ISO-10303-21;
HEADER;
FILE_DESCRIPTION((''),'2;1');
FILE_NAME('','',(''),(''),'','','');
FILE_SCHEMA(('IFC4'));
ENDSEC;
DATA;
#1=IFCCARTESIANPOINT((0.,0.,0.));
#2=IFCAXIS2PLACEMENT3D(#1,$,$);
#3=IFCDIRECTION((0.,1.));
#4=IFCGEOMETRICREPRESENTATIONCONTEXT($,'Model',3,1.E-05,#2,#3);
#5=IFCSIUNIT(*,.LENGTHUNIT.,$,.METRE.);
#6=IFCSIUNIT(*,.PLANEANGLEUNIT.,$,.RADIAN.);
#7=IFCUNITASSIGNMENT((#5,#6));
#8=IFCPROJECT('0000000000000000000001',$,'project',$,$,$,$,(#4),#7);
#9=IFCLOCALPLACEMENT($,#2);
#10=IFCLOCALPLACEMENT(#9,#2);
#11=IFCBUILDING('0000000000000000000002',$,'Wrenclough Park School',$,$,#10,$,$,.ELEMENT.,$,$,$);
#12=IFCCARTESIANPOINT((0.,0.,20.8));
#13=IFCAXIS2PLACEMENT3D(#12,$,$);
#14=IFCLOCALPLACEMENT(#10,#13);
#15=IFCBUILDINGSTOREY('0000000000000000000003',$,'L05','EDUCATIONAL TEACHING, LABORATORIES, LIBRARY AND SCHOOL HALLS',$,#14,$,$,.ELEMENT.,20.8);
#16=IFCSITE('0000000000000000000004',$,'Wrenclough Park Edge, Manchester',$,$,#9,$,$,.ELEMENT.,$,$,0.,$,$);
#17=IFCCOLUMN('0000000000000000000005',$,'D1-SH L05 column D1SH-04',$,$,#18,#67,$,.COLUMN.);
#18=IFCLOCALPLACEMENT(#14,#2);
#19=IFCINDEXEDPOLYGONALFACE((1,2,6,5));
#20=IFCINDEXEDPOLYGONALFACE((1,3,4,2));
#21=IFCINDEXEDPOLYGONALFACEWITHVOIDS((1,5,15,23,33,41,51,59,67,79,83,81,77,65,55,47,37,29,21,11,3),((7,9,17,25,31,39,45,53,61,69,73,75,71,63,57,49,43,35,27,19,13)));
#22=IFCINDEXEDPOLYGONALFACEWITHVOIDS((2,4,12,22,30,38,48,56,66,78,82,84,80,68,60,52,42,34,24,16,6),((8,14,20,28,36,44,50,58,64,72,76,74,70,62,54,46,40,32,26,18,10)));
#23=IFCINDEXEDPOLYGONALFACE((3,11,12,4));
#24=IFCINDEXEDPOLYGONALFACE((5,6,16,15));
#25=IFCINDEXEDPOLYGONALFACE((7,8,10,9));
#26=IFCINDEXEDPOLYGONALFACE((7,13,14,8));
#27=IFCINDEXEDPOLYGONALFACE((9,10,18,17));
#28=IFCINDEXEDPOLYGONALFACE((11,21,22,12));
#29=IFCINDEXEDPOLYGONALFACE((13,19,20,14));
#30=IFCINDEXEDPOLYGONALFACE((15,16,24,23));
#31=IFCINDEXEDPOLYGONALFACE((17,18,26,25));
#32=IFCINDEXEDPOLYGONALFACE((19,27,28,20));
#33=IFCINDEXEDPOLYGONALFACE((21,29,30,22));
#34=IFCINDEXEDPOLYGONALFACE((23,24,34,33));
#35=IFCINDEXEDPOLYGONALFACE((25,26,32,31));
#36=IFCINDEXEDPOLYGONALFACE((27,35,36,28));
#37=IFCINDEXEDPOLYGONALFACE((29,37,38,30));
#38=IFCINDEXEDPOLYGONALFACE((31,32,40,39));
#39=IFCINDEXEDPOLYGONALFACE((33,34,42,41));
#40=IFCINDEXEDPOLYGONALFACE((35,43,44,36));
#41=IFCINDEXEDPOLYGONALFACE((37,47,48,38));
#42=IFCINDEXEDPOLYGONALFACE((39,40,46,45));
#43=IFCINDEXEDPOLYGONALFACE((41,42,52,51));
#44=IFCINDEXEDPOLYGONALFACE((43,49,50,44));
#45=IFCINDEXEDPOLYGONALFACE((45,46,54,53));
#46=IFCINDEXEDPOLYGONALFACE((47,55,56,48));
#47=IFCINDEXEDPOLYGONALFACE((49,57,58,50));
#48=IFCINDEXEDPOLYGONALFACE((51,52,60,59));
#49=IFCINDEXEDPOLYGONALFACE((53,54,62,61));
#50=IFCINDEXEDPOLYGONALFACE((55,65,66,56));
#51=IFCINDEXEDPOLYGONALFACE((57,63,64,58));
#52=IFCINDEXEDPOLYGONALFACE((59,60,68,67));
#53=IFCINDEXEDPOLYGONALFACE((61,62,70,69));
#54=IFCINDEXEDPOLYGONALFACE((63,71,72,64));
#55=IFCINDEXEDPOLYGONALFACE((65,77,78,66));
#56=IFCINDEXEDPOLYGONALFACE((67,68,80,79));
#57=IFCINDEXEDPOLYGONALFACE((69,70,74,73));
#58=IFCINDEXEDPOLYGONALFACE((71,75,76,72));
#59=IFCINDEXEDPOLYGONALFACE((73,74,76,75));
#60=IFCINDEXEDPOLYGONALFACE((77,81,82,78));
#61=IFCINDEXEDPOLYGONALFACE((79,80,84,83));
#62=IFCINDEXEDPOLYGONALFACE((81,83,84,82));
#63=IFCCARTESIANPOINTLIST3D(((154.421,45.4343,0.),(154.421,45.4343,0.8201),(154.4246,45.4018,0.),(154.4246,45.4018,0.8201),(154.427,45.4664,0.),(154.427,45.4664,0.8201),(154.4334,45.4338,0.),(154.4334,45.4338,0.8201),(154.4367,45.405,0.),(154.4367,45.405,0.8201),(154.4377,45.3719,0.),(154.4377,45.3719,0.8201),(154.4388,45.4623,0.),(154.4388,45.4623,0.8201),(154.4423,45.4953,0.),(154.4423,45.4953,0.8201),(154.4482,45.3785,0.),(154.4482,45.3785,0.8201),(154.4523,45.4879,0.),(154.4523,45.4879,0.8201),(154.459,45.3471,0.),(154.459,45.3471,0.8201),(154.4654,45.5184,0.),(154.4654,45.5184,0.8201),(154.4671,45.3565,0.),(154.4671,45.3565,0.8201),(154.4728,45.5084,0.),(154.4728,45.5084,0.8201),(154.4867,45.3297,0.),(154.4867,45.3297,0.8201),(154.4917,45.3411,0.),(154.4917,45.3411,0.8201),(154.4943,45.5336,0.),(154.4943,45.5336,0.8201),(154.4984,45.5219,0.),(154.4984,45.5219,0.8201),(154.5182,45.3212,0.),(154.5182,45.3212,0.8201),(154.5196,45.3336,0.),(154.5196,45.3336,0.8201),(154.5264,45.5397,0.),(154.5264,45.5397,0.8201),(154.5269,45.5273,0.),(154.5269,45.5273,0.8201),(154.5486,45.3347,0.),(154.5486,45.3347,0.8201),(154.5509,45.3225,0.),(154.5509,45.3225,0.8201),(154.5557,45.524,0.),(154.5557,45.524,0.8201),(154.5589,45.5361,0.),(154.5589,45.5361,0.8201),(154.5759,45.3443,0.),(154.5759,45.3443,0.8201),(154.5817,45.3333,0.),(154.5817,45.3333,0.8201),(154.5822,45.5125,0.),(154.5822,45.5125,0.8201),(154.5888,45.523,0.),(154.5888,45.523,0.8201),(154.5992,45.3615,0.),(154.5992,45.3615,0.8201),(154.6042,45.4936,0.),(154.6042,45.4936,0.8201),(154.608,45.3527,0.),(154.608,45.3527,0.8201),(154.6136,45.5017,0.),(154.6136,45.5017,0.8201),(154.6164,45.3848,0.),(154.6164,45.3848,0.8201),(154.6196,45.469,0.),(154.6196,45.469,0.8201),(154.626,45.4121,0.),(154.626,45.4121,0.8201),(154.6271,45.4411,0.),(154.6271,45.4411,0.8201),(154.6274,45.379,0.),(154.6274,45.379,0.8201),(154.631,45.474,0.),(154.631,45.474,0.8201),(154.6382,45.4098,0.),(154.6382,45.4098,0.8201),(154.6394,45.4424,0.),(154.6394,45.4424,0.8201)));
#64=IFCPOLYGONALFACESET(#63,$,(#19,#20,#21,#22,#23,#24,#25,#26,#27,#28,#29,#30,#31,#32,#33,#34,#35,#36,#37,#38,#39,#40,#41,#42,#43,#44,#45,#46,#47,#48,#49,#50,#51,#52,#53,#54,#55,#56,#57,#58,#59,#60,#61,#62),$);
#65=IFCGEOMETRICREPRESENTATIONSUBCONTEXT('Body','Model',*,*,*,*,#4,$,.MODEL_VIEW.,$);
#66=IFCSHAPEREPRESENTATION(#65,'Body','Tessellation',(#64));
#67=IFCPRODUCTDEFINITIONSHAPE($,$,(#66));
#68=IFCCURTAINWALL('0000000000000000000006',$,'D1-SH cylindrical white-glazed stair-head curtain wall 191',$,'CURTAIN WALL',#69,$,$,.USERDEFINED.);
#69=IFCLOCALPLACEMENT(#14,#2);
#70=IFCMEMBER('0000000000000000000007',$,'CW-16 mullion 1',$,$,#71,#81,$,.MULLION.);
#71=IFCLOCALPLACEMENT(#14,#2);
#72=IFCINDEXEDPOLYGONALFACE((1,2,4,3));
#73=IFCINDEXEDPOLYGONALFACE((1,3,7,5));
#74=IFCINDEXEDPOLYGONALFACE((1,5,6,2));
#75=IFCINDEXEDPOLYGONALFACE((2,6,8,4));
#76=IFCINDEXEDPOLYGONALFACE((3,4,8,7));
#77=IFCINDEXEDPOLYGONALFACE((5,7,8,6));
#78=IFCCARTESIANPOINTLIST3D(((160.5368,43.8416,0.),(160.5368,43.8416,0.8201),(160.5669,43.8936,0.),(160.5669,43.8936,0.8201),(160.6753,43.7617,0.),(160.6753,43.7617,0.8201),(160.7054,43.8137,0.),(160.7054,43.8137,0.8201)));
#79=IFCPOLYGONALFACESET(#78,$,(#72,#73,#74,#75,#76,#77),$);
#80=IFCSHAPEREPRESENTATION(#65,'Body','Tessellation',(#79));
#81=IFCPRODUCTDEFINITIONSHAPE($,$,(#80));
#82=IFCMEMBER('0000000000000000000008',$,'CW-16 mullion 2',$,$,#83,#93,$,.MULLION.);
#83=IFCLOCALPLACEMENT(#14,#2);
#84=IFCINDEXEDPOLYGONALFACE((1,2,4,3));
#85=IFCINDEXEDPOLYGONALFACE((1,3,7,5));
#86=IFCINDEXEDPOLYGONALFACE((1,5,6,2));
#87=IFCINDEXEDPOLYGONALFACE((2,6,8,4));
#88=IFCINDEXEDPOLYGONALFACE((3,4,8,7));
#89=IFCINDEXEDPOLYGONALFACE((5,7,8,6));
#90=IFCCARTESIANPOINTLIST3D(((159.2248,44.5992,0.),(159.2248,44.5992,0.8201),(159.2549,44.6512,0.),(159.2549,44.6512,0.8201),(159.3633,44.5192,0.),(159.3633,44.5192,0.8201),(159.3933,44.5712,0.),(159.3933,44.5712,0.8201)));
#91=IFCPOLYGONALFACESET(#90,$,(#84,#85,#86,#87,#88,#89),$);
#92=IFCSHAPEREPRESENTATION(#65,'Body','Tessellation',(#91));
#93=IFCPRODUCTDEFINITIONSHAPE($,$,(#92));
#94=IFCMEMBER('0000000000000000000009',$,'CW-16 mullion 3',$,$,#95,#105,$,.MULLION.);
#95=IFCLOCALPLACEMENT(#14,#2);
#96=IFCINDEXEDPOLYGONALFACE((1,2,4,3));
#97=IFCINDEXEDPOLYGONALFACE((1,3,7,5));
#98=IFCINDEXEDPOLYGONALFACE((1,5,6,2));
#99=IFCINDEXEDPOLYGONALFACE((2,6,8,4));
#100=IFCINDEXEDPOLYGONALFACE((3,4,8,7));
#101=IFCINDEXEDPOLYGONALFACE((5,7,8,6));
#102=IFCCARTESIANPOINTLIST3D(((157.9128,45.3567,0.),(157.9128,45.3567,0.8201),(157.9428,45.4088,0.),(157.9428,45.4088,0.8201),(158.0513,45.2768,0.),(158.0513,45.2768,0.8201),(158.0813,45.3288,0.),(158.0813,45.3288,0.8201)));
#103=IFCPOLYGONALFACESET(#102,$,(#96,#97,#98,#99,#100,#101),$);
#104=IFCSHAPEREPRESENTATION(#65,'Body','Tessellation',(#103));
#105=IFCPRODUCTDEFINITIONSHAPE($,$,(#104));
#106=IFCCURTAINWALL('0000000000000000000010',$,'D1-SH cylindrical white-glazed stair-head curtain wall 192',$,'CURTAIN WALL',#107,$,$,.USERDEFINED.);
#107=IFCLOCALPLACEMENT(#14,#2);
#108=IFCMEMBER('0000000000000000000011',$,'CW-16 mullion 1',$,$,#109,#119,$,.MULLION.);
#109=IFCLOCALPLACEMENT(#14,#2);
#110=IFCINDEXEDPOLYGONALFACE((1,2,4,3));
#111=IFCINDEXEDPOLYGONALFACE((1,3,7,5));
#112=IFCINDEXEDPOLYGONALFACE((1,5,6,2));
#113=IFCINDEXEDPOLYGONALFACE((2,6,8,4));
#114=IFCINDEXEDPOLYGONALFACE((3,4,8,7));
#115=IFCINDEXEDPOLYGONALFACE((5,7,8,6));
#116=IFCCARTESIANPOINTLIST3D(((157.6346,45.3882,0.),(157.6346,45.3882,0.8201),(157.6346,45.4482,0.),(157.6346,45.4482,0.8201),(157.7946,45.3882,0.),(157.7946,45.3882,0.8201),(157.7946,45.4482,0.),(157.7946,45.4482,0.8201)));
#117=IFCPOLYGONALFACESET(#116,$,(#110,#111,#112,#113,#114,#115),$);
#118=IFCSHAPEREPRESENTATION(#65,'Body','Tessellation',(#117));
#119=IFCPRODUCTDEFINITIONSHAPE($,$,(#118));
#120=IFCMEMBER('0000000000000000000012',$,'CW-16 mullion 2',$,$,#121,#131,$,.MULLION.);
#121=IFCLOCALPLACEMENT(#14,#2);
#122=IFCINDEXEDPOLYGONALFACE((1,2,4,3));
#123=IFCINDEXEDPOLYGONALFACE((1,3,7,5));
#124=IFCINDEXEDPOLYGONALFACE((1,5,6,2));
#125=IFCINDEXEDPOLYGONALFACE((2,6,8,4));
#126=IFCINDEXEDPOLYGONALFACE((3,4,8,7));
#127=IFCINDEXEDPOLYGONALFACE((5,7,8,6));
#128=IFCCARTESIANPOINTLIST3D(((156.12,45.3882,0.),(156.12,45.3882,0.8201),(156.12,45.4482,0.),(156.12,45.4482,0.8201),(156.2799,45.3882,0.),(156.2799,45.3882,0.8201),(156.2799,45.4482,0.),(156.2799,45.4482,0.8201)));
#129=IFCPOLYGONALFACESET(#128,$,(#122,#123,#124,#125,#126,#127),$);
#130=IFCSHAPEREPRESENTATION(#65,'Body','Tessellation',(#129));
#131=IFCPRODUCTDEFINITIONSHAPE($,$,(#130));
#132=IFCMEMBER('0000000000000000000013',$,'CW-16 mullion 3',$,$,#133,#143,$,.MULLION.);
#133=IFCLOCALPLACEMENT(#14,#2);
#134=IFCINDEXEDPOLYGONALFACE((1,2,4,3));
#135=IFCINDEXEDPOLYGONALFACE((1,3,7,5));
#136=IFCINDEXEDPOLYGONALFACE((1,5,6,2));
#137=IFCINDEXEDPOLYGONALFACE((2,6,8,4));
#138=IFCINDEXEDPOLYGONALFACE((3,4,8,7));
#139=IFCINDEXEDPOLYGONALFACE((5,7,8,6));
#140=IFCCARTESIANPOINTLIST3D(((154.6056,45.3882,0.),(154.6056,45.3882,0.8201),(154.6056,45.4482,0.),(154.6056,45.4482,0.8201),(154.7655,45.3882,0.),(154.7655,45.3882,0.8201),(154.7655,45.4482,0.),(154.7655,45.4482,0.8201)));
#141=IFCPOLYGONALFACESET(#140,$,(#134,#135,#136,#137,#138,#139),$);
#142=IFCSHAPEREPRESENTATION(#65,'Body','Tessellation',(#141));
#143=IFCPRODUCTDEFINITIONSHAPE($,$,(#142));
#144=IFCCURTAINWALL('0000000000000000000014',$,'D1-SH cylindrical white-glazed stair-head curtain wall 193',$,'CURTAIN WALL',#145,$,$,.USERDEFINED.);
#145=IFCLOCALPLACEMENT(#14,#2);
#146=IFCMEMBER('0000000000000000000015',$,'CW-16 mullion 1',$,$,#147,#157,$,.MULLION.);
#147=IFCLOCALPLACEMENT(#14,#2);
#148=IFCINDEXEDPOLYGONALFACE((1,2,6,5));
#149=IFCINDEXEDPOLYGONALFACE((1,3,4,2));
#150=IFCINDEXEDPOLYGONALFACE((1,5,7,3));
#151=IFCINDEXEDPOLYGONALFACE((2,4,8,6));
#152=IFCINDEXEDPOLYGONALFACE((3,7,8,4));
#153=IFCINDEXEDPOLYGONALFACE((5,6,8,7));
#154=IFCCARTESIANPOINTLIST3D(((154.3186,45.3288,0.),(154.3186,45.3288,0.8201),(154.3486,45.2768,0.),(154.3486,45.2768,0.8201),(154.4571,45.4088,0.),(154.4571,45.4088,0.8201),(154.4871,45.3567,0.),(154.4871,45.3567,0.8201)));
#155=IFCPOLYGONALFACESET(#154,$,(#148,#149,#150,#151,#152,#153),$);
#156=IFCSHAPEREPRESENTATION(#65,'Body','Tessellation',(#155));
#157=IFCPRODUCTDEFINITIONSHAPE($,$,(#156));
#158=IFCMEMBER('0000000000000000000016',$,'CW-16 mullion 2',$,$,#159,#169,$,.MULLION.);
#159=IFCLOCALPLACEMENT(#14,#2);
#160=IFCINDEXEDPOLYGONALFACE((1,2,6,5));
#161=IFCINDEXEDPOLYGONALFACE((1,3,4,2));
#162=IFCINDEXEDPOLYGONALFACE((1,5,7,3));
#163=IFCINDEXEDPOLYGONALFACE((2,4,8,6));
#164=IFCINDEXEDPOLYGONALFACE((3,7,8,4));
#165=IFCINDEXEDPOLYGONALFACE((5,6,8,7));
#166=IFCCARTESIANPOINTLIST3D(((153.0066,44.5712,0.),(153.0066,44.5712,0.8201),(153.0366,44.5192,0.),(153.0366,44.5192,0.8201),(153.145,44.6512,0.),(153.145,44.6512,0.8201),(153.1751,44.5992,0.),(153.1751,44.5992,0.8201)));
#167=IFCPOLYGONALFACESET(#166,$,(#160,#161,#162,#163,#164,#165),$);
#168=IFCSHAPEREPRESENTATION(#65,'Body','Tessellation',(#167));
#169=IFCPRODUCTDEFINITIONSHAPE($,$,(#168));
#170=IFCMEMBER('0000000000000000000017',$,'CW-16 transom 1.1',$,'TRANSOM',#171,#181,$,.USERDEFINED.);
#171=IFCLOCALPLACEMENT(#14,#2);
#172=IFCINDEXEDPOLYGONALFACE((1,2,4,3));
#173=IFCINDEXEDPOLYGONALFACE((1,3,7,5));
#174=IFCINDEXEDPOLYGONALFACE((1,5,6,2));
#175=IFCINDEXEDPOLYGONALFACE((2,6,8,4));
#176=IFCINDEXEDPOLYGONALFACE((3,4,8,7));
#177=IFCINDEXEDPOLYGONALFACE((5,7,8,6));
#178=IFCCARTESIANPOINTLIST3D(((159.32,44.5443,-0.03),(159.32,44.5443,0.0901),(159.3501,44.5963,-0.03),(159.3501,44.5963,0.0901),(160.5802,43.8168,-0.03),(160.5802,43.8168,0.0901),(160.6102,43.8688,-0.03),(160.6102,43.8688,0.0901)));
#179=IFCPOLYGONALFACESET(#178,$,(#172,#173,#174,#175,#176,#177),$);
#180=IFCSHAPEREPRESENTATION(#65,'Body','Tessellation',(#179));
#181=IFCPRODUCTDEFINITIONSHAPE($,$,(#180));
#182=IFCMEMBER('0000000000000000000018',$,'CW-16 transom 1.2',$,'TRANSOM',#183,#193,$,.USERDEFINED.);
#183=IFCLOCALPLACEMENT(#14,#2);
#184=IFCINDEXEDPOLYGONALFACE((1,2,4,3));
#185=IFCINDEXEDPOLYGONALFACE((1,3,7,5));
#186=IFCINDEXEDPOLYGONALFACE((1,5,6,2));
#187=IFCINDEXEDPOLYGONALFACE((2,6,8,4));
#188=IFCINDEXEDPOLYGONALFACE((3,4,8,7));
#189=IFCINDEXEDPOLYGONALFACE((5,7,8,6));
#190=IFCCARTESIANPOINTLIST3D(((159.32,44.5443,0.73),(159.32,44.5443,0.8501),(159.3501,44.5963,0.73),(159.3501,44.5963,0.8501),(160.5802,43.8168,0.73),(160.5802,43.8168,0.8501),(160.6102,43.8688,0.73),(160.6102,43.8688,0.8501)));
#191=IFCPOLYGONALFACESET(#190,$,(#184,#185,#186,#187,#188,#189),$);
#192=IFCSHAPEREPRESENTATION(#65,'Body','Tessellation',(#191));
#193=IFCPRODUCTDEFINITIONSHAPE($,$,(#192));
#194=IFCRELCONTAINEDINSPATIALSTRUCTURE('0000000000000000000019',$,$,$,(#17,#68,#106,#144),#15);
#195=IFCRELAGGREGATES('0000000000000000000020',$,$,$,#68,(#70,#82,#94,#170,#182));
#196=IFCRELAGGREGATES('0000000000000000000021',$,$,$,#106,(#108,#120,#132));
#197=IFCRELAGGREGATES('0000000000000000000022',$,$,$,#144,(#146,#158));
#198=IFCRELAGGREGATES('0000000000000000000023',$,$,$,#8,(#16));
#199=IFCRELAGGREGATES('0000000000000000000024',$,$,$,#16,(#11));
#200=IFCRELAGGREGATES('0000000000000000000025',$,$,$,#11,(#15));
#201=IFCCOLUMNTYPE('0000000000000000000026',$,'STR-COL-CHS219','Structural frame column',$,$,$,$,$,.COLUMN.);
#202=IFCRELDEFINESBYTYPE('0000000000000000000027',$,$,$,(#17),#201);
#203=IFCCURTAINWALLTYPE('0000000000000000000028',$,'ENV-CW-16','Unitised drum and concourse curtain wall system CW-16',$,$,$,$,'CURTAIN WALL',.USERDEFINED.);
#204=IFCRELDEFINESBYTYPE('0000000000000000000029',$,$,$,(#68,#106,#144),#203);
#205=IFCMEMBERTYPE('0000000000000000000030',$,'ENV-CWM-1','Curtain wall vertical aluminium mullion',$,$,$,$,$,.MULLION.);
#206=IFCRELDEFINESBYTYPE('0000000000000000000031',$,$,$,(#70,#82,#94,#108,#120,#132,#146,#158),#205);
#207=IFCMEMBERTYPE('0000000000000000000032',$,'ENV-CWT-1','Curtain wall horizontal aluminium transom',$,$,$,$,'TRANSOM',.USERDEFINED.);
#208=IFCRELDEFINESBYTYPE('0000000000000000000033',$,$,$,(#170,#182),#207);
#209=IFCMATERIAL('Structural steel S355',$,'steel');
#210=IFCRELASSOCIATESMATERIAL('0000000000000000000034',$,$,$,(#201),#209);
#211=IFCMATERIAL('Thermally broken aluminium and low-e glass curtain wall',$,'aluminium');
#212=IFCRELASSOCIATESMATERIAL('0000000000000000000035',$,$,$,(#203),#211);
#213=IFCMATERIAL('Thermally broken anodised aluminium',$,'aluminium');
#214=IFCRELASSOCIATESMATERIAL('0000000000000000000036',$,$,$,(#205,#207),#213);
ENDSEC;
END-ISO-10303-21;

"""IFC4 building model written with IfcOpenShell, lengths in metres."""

from ifc_helpers import new_model, si_unit, direction, frame, origin, origin_2d, place, context, subcontext, project, spatial, rectangle, hollow_circle, extrude, material, material_profile, profile_set, type_object, element, aggregate, save


model = new_model("IFC4")

# Units and contexts
model_context = context("Model", 3, precision=1e-05, world=origin(), true_north=direction((0.0, 1.0)))
body_context = subcontext(model_context, "Body", "Model", "MODEL_VIEW")
ifc_project = project(units=[si_unit("LENGTHUNIT", "METRE"), si_unit("PLANEANGLEUNIT", "RADIAN")], contexts=[model_context])

# Site, building, storey
site_placement = place(None, origin())
site = spatial("IfcSite", under=ifc_project, at=site_placement, Name="Wrenclough Park Edge, Manchester", CompositionType="ELEMENT", RefElevation=0.0)
building_placement = place(site_placement, origin())
building = spatial("IfcBuilding", under=site, at=building_placement, Name="Wrenclough Park School", CompositionType="ELEMENT")
storey_placement = place(building_placement, frame((0.0, 0.0, 20.8)))
storey = spatial("IfcBuildingStorey", under=building, at=storey_placement, Name="L05", Description="EDUCATIONAL TEACHING, LABORATORIES, LIBRARY AND SCHOOL HALLS", CompositionType="ELEMENT", Elevation=20.8)

# Column
ifc_material_1 = material(Name="Structural steel S355", Category="steel")
ifc_material_profile_1 = material_profile(ifc_material_1, hollow_circle(Radius=0.1096, WallThickness=0.0125, at=origin_2d()), Name="CHS 219.1x12.5")
ifc_profile_set_1 = profile_set([ifc_material_profile_1], Name="Structural steel S355")
column_type = type_object("IfcColumnType", Name="STR-COL-CHS219", Description="Structural frame column", PredefinedType="COLUMN", material=ifc_profile_set_1)
column_placement = place(storey_placement, frame((154.5305, 45.4302, 0.0), z_axis=(0.0, 0.0, 1.0), x_axis=(-0.965926, -0.258819, 0.0)))
element("IfcColumn", 1, at=column_placement, inside=storey, type_object=column_type, Name="D1-SH L05 column D1SH-04", PredefinedType="COLUMN", context=body_context, shape_type="SweptSolid", body=[
    extrude(hollow_circle(Radius=0.1096, WallThickness=0.0125, at=origin_2d()), origin(), (0.0, 0.0, 1.0), 0.8201),
])

# Curtain walls, members
ifc_material_2 = material(Name="Thermally broken aluminium and low-e glass curtain wall", Category="aluminium")
curtain_wall_type = type_object("IfcCurtainWallType", Name="ENV-CW-16", Description="Unitised drum and concourse curtain wall system CW-16", ElementType="CURTAIN WALL", PredefinedType="USERDEFINED", material=ifc_material_2)
curtain_wall_1_placement = place(storey_placement, origin())
curtain_wall_1 = element("IfcCurtainWall", 2, at=curtain_wall_1_placement, inside=storey, type_object=curtain_wall_type, Name="D1-SH cylindrical white-glazed stair-head curtain wall 191", ObjectType="CURTAIN WALL", PredefinedType="USERDEFINED")
ifc_material_3 = material(Name="Thermally broken anodised aluminium", Category="aluminium")
ifc_material_profile_2 = material_profile(ifc_material_3, rectangle(XDim=0.0601, YDim=0.1599, at=origin_2d()), Name="AL MULLION 60x160")
ifc_profile_set_2 = profile_set([ifc_material_profile_2], Name="Thermally broken anodised aluminium")
member_type_1 = type_object("IfcMemberType", Name="ENV-CWM-1", Description="Curtain wall vertical aluminium mullion", PredefinedType="MULLION", material=ifc_profile_set_2)
member_1_placement = place(storey_placement, frame((160.6211, 43.8276, 0.0), z_axis=(0.0, 0.0, 1.0), x_axis=(-0.500003, -0.866024, 0.0)))
member_1 = element("IfcMember", 3, at=member_1_placement, type_object=member_type_1, Name="CW-16 mullion 1", PredefinedType="MULLION", context=body_context, shape_type="SweptSolid", body=[
    extrude(rectangle(XDim=0.0601, YDim=0.1599, at=origin_2d()), origin(), (0.0, 0.0, 1.0), 0.8201),
])
member_2_placement = place(storey_placement, frame((159.3091, 44.5852, 0.0), z_axis=(0.0, 0.0, 1.0), x_axis=(-0.500003, -0.866024, 0.0)))
member_2 = element("IfcMember", 4, at=member_2_placement, type_object=member_type_1, Name="CW-16 mullion 2", PredefinedType="MULLION", context=body_context, shape_type="SweptSolid", body=[
    extrude(rectangle(XDim=0.0601, YDim=0.1599, at=origin_2d()), origin(), (0.0, 0.0, 1.0), 0.8201),
])
member_3_placement = place(storey_placement, frame((157.9971, 45.3428, 0.0), z_axis=(0.0, 0.0, 1.0), x_axis=(-0.500003, -0.866024, 0.0)))
member_3 = element("IfcMember", 5, at=member_3_placement, type_object=member_type_1, Name="CW-16 mullion 3", PredefinedType="MULLION", context=body_context, shape_type="SweptSolid", body=[
    extrude(rectangle(XDim=0.0601, YDim=0.1599, at=origin_2d()), origin(), (0.0, 0.0, 1.0), 0.8201),
])
curtain_wall_2_placement = place(storey_placement, origin())
curtain_wall_2 = element("IfcCurtainWall", 6, at=curtain_wall_2_placement, inside=storey, type_object=curtain_wall_type, Name="D1-SH cylindrical white-glazed stair-head curtain wall 192", ObjectType="CURTAIN WALL", PredefinedType="USERDEFINED")
member_4_placement = place(storey_placement, frame((157.7146, 45.4182, 0.0), z_axis=(0.0, 0.0, 1.0), x_axis=(0.0, -1.0, 0.0)))
member_4 = element("IfcMember", 7, at=member_4_placement, type_object=member_type_1, Name="CW-16 mullion 1", PredefinedType="MULLION", context=body_context, shape_type="SweptSolid", body=[
    extrude(rectangle(XDim=0.0601, YDim=0.1599, at=origin_2d()), origin(), (0.0, 0.0, 1.0), 0.8201),
])
member_5_placement = place(storey_placement, frame((156.2, 45.4182, 0.0), z_axis=(0.0, 0.0, 1.0), x_axis=(0.0, -1.0, 0.0)))
member_5 = element("IfcMember", 8, at=member_5_placement, type_object=member_type_1, Name="CW-16 mullion 2", PredefinedType="MULLION", context=body_context, shape_type="SweptSolid", body=[
    extrude(rectangle(XDim=0.0601, YDim=0.1599, at=origin_2d()), origin(), (0.0, 0.0, 1.0), 0.8201),
])
member_6_placement = place(storey_placement, frame((154.6855, 45.4182, 0.0), z_axis=(0.0, 0.0, 1.0), x_axis=(0.0, -1.0, 0.0)))
member_6 = element("IfcMember", 9, at=member_6_placement, type_object=member_type_1, Name="CW-16 mullion 3", PredefinedType="MULLION", context=body_context, shape_type="SweptSolid", body=[
    extrude(rectangle(XDim=0.0601, YDim=0.1599, at=origin_2d()), origin(), (0.0, 0.0, 1.0), 0.8201),
])
curtain_wall_3_placement = place(storey_placement, origin())
curtain_wall_3 = element("IfcCurtainWall", 10, at=curtain_wall_3_placement, inside=storey, type_object=curtain_wall_type, Name="D1-SH cylindrical white-glazed stair-head curtain wall 193", ObjectType="CURTAIN WALL", PredefinedType="USERDEFINED")
member_7_placement = place(storey_placement, frame((154.4028, 45.3428, 0.0), z_axis=(0.0, 0.0, 1.0), x_axis=(0.500003, -0.866024, 0.0)))
member_7 = element("IfcMember", 11, at=member_7_placement, type_object=member_type_1, Name="CW-16 mullion 1", PredefinedType="MULLION", context=body_context, shape_type="SweptSolid", body=[
    extrude(rectangle(XDim=0.0601, YDim=0.1599, at=origin_2d()), origin(), (0.0, 0.0, 1.0), 0.8201),
])
member_8_placement = place(storey_placement, frame((153.0908, 44.5852, 0.0), z_axis=(0.0, 0.0, 1.0), x_axis=(0.500003, -0.866024, 0.0)))
member_8 = element("IfcMember", 12, at=member_8_placement, type_object=member_type_1, Name="CW-16 mullion 2", PredefinedType="MULLION", context=body_context, shape_type="SweptSolid", body=[
    extrude(rectangle(XDim=0.0601, YDim=0.1599, at=origin_2d()), origin(), (0.0, 0.0, 1.0), 0.8201),
])

# Members
ifc_material_profile_3 = material_profile(ifc_material_3, rectangle(XDim=0.0601, YDim=0.1201, at=origin_2d()), Name="AL TRANSOM 60x120")
ifc_profile_set_3 = profile_set([ifc_material_profile_3], Name="Thermally broken anodised aluminium")
member_type_2 = type_object("IfcMemberType", Name="ENV-CWT-1", Description="Curtain wall horizontal aluminium transom", ElementType="TRANSOM", PredefinedType="USERDEFINED", material=ifc_profile_set_3)
member_9_placement = place(storey_placement, frame((160.5952, 43.8428, 0.03), z_axis=(-0.866046, 0.499965, 0.0), x_axis=(-0.499965, -0.866046, 0.0)))
member_9 = element("IfcMember", 13, at=member_9_placement, type_object=member_type_2, Name="CW-16 transom 1.1", ObjectType="TRANSOM", PredefinedType="USERDEFINED", context=body_context, shape_type="SweptSolid", body=[
    extrude(rectangle(XDim=0.0601, YDim=0.1201, at=origin_2d()), origin(), (0.0, 0.0, 1.0), 1.4551),
])
member_10_placement = place(storey_placement, frame((160.5952, 43.8428, 0.79), z_axis=(-0.866046, 0.499965, 0.0), x_axis=(-0.499965, -0.866046, 0.0)))
member_10 = element("IfcMember", 14, at=member_10_placement, type_object=member_type_2, Name="CW-16 transom 1.2", ObjectType="TRANSOM", PredefinedType="USERDEFINED", context=body_context, shape_type="SweptSolid", body=[
    extrude(rectangle(XDim=0.0601, YDim=0.1201, at=origin_2d()), origin(), (0.0, 0.0, 1.0), 1.4551),
])

aggregate(curtain_wall_1, [member_1, member_2, member_3, member_9, member_10])
aggregate(curtain_wall_2, [member_4, member_5, member_6])
aggregate(curtain_wall_3, [member_7, member_8])

save(model, "model.ifc")
